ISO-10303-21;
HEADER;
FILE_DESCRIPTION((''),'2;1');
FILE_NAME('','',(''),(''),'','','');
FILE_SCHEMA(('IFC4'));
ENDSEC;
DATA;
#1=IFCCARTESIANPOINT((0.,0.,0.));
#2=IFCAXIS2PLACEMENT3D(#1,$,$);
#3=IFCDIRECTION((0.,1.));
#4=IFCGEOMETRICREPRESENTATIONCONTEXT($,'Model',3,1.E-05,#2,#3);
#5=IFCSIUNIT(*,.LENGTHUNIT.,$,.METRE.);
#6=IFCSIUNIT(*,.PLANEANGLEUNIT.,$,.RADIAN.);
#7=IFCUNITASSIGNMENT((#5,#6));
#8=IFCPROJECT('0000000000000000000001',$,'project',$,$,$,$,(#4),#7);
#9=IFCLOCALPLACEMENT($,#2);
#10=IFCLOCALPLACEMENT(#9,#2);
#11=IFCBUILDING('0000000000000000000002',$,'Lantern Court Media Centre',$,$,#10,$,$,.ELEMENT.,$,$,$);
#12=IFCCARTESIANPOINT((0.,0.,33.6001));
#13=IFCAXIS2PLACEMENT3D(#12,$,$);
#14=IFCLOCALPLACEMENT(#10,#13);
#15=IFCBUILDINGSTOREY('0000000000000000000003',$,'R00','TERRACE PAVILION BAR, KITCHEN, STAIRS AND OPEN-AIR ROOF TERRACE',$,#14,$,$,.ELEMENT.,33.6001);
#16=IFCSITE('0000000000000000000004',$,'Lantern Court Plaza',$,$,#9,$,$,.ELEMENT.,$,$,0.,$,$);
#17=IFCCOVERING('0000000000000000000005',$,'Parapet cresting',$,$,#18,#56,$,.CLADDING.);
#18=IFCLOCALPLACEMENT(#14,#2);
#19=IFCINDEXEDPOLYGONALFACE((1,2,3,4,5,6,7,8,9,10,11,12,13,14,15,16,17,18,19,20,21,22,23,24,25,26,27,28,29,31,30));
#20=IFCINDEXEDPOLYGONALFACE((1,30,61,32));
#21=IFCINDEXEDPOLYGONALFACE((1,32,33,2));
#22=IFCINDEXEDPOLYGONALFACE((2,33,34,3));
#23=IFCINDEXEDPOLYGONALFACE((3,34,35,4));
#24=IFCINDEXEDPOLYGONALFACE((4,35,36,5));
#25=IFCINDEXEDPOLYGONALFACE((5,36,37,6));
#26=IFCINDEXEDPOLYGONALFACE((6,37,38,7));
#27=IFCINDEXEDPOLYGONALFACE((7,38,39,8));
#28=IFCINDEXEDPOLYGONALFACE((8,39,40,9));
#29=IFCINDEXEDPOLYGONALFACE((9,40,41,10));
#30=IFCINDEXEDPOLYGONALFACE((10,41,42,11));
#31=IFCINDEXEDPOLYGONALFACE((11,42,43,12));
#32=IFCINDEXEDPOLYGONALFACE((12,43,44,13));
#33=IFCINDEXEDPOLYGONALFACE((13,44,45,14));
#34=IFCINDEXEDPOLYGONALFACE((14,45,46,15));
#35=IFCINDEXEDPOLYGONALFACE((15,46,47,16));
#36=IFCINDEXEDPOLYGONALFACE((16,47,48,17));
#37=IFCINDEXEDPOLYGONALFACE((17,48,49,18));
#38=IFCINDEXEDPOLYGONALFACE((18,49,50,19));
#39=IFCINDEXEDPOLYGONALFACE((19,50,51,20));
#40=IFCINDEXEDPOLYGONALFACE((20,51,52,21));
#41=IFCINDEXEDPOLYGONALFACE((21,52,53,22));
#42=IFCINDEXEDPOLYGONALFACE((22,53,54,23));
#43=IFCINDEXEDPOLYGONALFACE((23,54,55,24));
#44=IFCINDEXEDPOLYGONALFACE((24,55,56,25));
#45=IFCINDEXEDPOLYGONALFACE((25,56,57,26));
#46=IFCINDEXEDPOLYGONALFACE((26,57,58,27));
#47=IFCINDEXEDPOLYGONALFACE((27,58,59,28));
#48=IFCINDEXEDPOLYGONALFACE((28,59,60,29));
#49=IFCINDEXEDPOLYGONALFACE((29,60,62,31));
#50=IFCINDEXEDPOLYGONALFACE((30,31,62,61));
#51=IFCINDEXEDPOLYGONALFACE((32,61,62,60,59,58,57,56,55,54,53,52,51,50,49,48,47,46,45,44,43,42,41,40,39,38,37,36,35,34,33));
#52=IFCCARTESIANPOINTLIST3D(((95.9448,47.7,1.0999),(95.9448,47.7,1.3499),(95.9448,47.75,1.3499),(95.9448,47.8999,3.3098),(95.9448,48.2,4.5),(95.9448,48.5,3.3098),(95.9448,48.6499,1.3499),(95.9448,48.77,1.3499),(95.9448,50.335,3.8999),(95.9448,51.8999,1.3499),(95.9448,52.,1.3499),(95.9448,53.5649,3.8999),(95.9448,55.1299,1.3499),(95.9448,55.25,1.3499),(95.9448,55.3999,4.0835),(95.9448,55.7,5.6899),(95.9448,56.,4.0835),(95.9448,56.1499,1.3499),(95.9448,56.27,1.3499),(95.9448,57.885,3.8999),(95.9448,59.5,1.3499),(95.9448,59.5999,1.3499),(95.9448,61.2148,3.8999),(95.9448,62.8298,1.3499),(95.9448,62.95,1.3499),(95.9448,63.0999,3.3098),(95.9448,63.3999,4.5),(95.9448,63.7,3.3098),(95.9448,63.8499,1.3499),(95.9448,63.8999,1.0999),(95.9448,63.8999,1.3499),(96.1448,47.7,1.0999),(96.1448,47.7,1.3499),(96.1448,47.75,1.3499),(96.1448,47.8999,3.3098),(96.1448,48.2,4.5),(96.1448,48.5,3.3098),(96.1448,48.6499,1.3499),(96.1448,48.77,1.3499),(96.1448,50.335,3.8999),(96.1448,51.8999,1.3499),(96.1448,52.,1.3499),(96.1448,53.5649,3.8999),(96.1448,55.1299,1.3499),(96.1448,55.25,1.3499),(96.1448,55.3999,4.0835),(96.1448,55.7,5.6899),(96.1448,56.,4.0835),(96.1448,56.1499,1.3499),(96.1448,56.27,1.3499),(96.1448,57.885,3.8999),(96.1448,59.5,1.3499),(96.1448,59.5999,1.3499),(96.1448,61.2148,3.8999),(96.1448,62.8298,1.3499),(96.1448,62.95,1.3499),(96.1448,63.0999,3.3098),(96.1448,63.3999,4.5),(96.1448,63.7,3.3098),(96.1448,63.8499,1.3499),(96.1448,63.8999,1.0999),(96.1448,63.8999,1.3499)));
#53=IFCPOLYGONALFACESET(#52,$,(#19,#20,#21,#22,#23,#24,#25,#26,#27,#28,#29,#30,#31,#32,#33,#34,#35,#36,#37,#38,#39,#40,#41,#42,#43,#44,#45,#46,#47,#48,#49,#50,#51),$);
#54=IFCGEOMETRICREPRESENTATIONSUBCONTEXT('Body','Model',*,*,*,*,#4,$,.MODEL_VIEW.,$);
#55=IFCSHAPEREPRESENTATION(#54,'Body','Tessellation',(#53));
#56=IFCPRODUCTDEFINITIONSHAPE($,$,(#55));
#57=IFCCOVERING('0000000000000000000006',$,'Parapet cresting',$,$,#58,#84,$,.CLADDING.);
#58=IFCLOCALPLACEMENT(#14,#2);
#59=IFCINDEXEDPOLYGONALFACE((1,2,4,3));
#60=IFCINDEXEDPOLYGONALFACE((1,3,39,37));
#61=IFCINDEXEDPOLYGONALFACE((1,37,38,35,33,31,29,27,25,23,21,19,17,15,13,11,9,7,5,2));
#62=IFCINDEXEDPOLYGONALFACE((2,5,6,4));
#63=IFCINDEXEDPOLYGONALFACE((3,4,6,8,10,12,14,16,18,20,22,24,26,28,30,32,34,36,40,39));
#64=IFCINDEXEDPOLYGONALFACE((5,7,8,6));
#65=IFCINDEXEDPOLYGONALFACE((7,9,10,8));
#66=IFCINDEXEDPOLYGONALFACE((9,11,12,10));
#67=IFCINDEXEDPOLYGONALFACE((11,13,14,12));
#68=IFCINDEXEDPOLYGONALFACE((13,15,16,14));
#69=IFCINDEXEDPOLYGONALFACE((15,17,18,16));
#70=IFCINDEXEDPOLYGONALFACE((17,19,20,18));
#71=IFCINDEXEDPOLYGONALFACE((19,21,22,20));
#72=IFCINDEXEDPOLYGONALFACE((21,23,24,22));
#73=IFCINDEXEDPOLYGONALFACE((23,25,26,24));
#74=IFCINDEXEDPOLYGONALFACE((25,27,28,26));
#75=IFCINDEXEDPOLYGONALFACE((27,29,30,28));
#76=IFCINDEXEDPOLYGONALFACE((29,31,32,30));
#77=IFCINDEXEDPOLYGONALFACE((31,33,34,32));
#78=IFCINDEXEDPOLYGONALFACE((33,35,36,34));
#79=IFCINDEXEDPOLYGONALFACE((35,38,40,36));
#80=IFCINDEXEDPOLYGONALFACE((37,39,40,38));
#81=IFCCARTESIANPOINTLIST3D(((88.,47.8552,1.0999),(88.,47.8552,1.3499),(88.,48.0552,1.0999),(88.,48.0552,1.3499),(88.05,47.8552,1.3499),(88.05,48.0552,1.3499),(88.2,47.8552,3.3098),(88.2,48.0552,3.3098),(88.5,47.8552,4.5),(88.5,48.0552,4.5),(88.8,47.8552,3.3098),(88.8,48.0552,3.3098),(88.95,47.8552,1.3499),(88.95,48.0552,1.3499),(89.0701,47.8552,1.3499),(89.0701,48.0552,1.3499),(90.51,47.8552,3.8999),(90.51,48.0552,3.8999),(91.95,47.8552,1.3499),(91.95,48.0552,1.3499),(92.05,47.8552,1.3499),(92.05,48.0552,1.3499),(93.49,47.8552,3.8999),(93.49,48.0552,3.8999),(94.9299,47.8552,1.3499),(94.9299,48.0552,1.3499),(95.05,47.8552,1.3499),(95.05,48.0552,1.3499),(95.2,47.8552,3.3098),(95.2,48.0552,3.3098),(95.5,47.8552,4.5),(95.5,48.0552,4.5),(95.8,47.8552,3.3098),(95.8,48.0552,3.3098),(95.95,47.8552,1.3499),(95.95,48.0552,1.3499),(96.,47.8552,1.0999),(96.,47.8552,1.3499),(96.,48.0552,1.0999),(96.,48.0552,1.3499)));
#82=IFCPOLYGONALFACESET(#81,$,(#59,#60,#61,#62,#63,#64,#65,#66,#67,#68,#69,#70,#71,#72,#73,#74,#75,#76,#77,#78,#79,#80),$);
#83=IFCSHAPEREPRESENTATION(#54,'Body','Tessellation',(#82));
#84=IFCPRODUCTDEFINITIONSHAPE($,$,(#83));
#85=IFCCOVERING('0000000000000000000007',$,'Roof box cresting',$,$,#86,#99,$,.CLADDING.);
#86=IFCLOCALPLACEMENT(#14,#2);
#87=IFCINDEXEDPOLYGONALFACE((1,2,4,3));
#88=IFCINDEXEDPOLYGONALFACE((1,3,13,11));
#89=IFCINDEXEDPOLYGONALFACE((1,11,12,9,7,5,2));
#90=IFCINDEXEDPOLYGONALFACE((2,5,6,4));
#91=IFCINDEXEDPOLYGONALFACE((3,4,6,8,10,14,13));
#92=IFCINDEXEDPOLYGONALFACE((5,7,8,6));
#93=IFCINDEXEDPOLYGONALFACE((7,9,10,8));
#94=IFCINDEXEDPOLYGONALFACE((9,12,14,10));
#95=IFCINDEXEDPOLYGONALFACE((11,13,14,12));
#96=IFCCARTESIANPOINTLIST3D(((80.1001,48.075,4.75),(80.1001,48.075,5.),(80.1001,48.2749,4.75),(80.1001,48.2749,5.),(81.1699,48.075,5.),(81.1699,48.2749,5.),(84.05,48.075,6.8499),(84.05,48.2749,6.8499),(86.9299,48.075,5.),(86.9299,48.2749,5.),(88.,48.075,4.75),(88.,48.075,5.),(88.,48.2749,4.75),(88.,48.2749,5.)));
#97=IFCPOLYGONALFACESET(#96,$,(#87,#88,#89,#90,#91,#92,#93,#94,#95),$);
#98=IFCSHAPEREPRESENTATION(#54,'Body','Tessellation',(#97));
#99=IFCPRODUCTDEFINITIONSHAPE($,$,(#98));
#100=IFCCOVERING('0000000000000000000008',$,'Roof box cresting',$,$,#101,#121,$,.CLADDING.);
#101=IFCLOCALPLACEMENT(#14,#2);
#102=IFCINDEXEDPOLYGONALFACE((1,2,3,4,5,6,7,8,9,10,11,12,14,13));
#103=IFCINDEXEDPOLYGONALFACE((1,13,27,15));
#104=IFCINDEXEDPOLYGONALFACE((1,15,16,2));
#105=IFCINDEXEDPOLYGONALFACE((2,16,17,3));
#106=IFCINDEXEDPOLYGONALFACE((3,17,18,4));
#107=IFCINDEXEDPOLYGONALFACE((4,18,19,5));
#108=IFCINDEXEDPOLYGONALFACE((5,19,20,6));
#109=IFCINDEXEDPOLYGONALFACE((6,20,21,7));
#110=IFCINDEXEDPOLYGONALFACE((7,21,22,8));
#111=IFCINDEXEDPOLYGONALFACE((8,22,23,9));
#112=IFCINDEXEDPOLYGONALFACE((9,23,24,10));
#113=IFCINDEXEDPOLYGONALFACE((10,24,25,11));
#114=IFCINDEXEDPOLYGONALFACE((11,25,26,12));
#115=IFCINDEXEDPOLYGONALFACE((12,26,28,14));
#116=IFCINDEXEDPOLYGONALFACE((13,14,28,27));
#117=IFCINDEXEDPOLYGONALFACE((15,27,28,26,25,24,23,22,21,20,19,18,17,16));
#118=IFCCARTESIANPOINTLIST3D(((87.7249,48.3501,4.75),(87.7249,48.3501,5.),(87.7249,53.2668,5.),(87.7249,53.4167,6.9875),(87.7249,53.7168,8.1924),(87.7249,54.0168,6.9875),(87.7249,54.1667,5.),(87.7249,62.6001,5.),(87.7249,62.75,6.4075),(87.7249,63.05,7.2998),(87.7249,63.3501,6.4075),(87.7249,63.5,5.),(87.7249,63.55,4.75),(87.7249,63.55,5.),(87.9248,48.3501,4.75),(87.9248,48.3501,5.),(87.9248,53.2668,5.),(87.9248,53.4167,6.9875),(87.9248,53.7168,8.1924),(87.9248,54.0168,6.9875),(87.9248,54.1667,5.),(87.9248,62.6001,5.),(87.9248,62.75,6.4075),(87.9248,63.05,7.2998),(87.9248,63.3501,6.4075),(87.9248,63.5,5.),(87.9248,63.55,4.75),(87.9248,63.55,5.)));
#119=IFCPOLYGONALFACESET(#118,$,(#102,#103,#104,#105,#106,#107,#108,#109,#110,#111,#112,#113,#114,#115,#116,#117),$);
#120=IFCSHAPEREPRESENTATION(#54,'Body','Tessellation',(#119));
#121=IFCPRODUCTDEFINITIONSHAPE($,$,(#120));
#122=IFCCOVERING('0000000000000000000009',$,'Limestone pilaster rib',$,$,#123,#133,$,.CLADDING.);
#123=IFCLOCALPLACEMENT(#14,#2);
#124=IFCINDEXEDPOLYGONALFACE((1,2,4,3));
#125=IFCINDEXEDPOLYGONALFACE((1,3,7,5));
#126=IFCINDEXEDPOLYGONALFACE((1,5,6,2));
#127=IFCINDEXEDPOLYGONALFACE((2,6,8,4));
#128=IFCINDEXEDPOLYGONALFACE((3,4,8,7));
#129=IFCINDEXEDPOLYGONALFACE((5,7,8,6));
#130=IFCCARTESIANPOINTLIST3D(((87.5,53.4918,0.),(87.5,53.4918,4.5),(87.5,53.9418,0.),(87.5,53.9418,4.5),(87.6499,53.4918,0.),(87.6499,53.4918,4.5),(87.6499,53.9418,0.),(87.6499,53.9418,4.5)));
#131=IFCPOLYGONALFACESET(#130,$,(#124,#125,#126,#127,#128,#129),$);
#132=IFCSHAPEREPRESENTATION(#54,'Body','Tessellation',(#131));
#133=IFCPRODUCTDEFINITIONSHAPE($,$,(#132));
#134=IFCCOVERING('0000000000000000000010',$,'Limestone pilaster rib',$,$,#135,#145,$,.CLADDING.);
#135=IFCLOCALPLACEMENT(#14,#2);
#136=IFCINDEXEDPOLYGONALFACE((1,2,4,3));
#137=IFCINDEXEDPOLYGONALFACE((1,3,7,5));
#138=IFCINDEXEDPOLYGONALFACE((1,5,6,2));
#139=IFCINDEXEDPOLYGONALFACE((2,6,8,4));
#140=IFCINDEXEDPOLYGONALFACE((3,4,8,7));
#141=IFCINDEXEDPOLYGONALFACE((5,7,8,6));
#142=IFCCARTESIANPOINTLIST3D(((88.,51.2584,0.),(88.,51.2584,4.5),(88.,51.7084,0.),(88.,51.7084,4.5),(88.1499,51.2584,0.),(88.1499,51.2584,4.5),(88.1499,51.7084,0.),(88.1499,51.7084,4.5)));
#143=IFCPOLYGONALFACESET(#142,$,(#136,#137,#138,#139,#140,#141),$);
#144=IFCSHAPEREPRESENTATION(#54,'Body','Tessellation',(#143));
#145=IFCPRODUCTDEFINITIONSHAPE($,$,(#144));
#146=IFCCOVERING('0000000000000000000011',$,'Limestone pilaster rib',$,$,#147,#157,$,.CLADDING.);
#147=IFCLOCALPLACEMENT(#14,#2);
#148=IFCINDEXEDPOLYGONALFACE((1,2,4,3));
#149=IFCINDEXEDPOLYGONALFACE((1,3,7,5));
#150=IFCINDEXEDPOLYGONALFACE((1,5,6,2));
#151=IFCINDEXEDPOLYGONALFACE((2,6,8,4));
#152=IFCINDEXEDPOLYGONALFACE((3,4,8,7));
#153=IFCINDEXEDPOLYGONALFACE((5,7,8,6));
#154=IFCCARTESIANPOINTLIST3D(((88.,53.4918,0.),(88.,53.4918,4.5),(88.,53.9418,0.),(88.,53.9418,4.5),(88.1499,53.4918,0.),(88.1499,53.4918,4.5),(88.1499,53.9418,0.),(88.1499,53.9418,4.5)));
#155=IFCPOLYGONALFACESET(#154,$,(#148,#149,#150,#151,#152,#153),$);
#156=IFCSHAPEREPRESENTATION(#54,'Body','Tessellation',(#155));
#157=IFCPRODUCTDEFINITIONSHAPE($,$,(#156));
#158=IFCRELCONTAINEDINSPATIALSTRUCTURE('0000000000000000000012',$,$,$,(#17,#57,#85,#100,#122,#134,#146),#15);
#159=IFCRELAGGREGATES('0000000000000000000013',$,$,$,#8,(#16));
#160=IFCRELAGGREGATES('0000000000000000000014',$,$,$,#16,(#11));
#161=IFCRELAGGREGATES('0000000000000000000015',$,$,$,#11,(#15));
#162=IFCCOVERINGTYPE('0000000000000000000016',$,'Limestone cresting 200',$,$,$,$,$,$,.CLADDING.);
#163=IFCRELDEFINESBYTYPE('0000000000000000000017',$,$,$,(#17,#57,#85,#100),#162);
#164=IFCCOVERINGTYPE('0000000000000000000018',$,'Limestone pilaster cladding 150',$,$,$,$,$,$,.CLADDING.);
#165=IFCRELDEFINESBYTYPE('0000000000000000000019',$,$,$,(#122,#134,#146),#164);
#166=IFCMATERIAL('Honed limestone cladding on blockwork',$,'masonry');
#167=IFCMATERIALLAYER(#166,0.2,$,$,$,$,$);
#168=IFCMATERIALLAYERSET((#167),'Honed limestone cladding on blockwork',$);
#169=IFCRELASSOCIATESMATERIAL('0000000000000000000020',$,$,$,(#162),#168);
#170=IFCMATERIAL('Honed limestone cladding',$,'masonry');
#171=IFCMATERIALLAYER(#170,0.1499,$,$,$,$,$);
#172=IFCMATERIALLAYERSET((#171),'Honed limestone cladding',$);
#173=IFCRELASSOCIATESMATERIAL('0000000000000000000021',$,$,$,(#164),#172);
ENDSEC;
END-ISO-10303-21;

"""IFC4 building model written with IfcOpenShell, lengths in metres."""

from ifc_helpers import new_model, si_unit, direction, frame, frame_2d, origin, place, context, subcontext, project, spatial, polyline, rectangle, outline, extrude, material, layer, layer_set, type_object, element, save


model = new_model("IFC4")

# Units and contexts
model_context = context("Model", 3, precision=1e-05, world=origin(), true_north=direction((0.0, 1.0)))
body_context = subcontext(model_context, "Body", "Model", "MODEL_VIEW")
ifc_project = project(units=[si_unit("LENGTHUNIT", "METRE"), si_unit("PLANEANGLEUNIT", "RADIAN")], contexts=[model_context])

# Site, building, storey
site_placement = place(None, origin())
site = spatial("IfcSite", under=ifc_project, at=site_placement, Name="Lantern Court Plaza", CompositionType="ELEMENT", RefElevation=0.0)
building_placement = place(site_placement, origin())
building = spatial("IfcBuilding", under=site, at=building_placement, Name="Lantern Court Media Centre", CompositionType="ELEMENT")
storey_placement = place(building_placement, frame((0.0, 0.0, 33.6001)))
storey = spatial("IfcBuildingStorey", under=building, at=storey_placement, Name="R00", Description="TERRACE PAVILION BAR, KITCHEN, STAIRS AND OPEN-AIR ROOF TERRACE", CompositionType="ELEMENT", Elevation=33.6001)

# Shared definitions
ifc_material_1 = material(Name="Honed limestone cladding on blockwork", Category="masonry")

# Coverings
ifc_layer_1 = layer(ifc_material_1, 0.2)
ifc_layer_set_1 = layer_set([ifc_layer_1], Name="Honed limestone cladding on blockwork")
covering_type_1 = type_object("IfcCoveringType", Name="Limestone cresting 200", PredefinedType="CLADDING", material=ifc_layer_set_1)
covering_1_placement = place(storey_placement, frame((96.0449, 47.7, 1.0999), z_axis=(0.0, 0.0, 1.0), x_axis=(0.0, 1.0, 0.0)))
element("IfcCovering", 1, at=covering_1_placement, inside=storey, type_object=covering_type_1, Name="Parapet cresting", PredefinedType="CLADDING", context=body_context, shape_type="SweptSolid", body=[
    extrude(outline(polyline([(0.0, 0.0), (16.2, 0.0), (16.2, 0.25), (16.1499, 0.25), (16.0, 2.21), (15.7, 3.4001), (15.3999, 2.21), (15.25, 0.25), (15.1299, 0.25), (13.5149, 2.8), (11.8999, 0.25), (11.8, 0.25), (10.1851, 2.8), (8.5701, 0.25), (8.45, 0.25), (8.3, 2.9836), (8.0, 4.5901), (7.7, 2.9836), (7.55, 0.25), (7.4299, 0.25), (5.865, 2.8), (4.3, 0.25), (4.2, 0.25), (2.635, 2.8), (1.0701, 0.25), (0.95, 0.25), (0.8, 2.21), (0.5, 3.4001), (0.2, 2.21), (0.05, 0.25), (0.0, 0.25), (0.0, 0.0)])), frame((0.0, 0.1001, 0.0), z_axis=(0.0, -1.0, 0.0), x_axis=(1.0, 0.0, 0.0)), (0.0, 0.0, 1.0), 0.2),
])
covering_2_placement = place(storey_placement, frame((88.0, 47.9551, 1.0999), z_axis=(0.0, 0.0, 1.0), x_axis=(1.0, 0.0, 0.0)))
element("IfcCovering", 2, at=covering_2_placement, inside=storey, type_object=covering_type_1, Name="Parapet cresting", PredefinedType="CLADDING", context=body_context, shape_type="SweptSolid", body=[
    extrude(outline(polyline([(0.0, 0.0), (8.0, 0.0), (8.0, 0.25), (7.95, 0.25), (7.8, 2.21), (7.5, 3.4001), (7.2, 2.21), (7.05, 0.25), (6.9299, 0.25), (5.49, 2.8), (4.05, 0.25), (3.95, 0.25), (2.51, 2.8), (1.0701, 0.25), (0.95, 0.25), (0.8, 2.21), (0.5, 3.4001), (0.2, 2.21), (0.05, 0.25), (0.0, 0.25), (0.0, 0.0)])), frame((0.0, 0.1001, 0.0), z_axis=(0.0, -1.0, 0.0), x_axis=(1.0, 0.0, 0.0)), (0.0, 0.0, 1.0), 0.2),
])
covering_3_placement = place(storey_placement, frame((88.0, 48.175, 4.75), z_axis=(0.0, 0.0, 1.0), x_axis=(-1.0, 0.0, 0.0)))
element("IfcCovering", 3, at=covering_3_placement, inside=storey, type_object=covering_type_1, Name="Roof box cresting", PredefinedType="CLADDING", context=body_context, shape_type="SweptSolid", body=[
    extrude(outline(polyline([(0.0, 0.0), (7.8999, 0.0), (7.8999, 0.25), (6.8301, 0.25), (3.95, 2.0999), (1.0701, 0.25), (0.0, 0.25), (0.0, 0.0)])), frame((0.0, 0.1001, 0.0), z_axis=(0.0, -1.0, 0.0), x_axis=(1.0, 0.0, 0.0)), (0.0, 0.0, 1.0), 0.2),
])
covering_4_placement = place(storey_placement, frame((87.825, 48.3501, 4.75), z_axis=(0.0, 0.0, 1.0), x_axis=(0.0, 1.0, 0.0)))
element("IfcCovering", 4, at=covering_4_placement, inside=storey, type_object=covering_type_1, Name="Roof box cresting", PredefinedType="CLADDING", context=body_context, shape_type="SweptSolid", body=[
    extrude(outline(polyline([(0.0, 0.0), (15.2, 0.0), (15.2, 0.25), (15.1499, 0.25), (15.0, 1.6575), (14.7, 2.5498), (14.3999, 1.6575), (14.25, 0.25), (5.8167, 0.25), (5.6667, 2.2375), (5.3667, 3.4424), (5.0667, 2.2375), (4.9167, 0.25), (0.0, 0.25), (0.0, 0.0)])), frame((0.0, 0.1001, 0.0), z_axis=(0.0, -1.0, 0.0), x_axis=(1.0, 0.0, 0.0)), (0.0, 0.0, 1.0), 0.2),
])
ifc_material_2 = material(Name="Honed limestone cladding", Category="masonry")
ifc_layer_2 = layer(ifc_material_2, 0.1499)
ifc_layer_set_2 = layer_set([ifc_layer_2], Name="Honed limestone cladding")
covering_type_2 = type_object("IfcCoveringType", Name="Limestone pilaster cladding 150", PredefinedType="CLADDING", material=ifc_layer_set_2)
for number, where, z_axis, x_axis, name in (
    (5, (87.575, 53.4917, 0.0), (0.0, 0.0, 1.0), (0.0, 1.0, 0.0), "Limestone pilaster rib"),
    (6, (88.075, 51.2583, 0.0), (0.0, 0.0, 1.0), (0.0, 1.0, 0.0), "Limestone pilaster rib"),
    (7, (88.075, 53.4917, 0.0), (0.0, 0.0, 1.0), (0.0, 1.0, 0.0), "Limestone pilaster rib"),
):
    element("IfcCovering", number, at=place(storey_placement, frame(where, z_axis=z_axis, x_axis=x_axis)), inside=storey, type_object=covering_type_2, Name=name, PredefinedType="CLADDING", context=body_context, shape_type="SweptSolid", body=[
        extrude(rectangle(XDim=0.45, YDim=0.1499, at=frame_2d((0.2251, 0.0))), origin(), (0.0, 0.0, 1.0), 4.5),
    ])

save(model, "model.ifc")
